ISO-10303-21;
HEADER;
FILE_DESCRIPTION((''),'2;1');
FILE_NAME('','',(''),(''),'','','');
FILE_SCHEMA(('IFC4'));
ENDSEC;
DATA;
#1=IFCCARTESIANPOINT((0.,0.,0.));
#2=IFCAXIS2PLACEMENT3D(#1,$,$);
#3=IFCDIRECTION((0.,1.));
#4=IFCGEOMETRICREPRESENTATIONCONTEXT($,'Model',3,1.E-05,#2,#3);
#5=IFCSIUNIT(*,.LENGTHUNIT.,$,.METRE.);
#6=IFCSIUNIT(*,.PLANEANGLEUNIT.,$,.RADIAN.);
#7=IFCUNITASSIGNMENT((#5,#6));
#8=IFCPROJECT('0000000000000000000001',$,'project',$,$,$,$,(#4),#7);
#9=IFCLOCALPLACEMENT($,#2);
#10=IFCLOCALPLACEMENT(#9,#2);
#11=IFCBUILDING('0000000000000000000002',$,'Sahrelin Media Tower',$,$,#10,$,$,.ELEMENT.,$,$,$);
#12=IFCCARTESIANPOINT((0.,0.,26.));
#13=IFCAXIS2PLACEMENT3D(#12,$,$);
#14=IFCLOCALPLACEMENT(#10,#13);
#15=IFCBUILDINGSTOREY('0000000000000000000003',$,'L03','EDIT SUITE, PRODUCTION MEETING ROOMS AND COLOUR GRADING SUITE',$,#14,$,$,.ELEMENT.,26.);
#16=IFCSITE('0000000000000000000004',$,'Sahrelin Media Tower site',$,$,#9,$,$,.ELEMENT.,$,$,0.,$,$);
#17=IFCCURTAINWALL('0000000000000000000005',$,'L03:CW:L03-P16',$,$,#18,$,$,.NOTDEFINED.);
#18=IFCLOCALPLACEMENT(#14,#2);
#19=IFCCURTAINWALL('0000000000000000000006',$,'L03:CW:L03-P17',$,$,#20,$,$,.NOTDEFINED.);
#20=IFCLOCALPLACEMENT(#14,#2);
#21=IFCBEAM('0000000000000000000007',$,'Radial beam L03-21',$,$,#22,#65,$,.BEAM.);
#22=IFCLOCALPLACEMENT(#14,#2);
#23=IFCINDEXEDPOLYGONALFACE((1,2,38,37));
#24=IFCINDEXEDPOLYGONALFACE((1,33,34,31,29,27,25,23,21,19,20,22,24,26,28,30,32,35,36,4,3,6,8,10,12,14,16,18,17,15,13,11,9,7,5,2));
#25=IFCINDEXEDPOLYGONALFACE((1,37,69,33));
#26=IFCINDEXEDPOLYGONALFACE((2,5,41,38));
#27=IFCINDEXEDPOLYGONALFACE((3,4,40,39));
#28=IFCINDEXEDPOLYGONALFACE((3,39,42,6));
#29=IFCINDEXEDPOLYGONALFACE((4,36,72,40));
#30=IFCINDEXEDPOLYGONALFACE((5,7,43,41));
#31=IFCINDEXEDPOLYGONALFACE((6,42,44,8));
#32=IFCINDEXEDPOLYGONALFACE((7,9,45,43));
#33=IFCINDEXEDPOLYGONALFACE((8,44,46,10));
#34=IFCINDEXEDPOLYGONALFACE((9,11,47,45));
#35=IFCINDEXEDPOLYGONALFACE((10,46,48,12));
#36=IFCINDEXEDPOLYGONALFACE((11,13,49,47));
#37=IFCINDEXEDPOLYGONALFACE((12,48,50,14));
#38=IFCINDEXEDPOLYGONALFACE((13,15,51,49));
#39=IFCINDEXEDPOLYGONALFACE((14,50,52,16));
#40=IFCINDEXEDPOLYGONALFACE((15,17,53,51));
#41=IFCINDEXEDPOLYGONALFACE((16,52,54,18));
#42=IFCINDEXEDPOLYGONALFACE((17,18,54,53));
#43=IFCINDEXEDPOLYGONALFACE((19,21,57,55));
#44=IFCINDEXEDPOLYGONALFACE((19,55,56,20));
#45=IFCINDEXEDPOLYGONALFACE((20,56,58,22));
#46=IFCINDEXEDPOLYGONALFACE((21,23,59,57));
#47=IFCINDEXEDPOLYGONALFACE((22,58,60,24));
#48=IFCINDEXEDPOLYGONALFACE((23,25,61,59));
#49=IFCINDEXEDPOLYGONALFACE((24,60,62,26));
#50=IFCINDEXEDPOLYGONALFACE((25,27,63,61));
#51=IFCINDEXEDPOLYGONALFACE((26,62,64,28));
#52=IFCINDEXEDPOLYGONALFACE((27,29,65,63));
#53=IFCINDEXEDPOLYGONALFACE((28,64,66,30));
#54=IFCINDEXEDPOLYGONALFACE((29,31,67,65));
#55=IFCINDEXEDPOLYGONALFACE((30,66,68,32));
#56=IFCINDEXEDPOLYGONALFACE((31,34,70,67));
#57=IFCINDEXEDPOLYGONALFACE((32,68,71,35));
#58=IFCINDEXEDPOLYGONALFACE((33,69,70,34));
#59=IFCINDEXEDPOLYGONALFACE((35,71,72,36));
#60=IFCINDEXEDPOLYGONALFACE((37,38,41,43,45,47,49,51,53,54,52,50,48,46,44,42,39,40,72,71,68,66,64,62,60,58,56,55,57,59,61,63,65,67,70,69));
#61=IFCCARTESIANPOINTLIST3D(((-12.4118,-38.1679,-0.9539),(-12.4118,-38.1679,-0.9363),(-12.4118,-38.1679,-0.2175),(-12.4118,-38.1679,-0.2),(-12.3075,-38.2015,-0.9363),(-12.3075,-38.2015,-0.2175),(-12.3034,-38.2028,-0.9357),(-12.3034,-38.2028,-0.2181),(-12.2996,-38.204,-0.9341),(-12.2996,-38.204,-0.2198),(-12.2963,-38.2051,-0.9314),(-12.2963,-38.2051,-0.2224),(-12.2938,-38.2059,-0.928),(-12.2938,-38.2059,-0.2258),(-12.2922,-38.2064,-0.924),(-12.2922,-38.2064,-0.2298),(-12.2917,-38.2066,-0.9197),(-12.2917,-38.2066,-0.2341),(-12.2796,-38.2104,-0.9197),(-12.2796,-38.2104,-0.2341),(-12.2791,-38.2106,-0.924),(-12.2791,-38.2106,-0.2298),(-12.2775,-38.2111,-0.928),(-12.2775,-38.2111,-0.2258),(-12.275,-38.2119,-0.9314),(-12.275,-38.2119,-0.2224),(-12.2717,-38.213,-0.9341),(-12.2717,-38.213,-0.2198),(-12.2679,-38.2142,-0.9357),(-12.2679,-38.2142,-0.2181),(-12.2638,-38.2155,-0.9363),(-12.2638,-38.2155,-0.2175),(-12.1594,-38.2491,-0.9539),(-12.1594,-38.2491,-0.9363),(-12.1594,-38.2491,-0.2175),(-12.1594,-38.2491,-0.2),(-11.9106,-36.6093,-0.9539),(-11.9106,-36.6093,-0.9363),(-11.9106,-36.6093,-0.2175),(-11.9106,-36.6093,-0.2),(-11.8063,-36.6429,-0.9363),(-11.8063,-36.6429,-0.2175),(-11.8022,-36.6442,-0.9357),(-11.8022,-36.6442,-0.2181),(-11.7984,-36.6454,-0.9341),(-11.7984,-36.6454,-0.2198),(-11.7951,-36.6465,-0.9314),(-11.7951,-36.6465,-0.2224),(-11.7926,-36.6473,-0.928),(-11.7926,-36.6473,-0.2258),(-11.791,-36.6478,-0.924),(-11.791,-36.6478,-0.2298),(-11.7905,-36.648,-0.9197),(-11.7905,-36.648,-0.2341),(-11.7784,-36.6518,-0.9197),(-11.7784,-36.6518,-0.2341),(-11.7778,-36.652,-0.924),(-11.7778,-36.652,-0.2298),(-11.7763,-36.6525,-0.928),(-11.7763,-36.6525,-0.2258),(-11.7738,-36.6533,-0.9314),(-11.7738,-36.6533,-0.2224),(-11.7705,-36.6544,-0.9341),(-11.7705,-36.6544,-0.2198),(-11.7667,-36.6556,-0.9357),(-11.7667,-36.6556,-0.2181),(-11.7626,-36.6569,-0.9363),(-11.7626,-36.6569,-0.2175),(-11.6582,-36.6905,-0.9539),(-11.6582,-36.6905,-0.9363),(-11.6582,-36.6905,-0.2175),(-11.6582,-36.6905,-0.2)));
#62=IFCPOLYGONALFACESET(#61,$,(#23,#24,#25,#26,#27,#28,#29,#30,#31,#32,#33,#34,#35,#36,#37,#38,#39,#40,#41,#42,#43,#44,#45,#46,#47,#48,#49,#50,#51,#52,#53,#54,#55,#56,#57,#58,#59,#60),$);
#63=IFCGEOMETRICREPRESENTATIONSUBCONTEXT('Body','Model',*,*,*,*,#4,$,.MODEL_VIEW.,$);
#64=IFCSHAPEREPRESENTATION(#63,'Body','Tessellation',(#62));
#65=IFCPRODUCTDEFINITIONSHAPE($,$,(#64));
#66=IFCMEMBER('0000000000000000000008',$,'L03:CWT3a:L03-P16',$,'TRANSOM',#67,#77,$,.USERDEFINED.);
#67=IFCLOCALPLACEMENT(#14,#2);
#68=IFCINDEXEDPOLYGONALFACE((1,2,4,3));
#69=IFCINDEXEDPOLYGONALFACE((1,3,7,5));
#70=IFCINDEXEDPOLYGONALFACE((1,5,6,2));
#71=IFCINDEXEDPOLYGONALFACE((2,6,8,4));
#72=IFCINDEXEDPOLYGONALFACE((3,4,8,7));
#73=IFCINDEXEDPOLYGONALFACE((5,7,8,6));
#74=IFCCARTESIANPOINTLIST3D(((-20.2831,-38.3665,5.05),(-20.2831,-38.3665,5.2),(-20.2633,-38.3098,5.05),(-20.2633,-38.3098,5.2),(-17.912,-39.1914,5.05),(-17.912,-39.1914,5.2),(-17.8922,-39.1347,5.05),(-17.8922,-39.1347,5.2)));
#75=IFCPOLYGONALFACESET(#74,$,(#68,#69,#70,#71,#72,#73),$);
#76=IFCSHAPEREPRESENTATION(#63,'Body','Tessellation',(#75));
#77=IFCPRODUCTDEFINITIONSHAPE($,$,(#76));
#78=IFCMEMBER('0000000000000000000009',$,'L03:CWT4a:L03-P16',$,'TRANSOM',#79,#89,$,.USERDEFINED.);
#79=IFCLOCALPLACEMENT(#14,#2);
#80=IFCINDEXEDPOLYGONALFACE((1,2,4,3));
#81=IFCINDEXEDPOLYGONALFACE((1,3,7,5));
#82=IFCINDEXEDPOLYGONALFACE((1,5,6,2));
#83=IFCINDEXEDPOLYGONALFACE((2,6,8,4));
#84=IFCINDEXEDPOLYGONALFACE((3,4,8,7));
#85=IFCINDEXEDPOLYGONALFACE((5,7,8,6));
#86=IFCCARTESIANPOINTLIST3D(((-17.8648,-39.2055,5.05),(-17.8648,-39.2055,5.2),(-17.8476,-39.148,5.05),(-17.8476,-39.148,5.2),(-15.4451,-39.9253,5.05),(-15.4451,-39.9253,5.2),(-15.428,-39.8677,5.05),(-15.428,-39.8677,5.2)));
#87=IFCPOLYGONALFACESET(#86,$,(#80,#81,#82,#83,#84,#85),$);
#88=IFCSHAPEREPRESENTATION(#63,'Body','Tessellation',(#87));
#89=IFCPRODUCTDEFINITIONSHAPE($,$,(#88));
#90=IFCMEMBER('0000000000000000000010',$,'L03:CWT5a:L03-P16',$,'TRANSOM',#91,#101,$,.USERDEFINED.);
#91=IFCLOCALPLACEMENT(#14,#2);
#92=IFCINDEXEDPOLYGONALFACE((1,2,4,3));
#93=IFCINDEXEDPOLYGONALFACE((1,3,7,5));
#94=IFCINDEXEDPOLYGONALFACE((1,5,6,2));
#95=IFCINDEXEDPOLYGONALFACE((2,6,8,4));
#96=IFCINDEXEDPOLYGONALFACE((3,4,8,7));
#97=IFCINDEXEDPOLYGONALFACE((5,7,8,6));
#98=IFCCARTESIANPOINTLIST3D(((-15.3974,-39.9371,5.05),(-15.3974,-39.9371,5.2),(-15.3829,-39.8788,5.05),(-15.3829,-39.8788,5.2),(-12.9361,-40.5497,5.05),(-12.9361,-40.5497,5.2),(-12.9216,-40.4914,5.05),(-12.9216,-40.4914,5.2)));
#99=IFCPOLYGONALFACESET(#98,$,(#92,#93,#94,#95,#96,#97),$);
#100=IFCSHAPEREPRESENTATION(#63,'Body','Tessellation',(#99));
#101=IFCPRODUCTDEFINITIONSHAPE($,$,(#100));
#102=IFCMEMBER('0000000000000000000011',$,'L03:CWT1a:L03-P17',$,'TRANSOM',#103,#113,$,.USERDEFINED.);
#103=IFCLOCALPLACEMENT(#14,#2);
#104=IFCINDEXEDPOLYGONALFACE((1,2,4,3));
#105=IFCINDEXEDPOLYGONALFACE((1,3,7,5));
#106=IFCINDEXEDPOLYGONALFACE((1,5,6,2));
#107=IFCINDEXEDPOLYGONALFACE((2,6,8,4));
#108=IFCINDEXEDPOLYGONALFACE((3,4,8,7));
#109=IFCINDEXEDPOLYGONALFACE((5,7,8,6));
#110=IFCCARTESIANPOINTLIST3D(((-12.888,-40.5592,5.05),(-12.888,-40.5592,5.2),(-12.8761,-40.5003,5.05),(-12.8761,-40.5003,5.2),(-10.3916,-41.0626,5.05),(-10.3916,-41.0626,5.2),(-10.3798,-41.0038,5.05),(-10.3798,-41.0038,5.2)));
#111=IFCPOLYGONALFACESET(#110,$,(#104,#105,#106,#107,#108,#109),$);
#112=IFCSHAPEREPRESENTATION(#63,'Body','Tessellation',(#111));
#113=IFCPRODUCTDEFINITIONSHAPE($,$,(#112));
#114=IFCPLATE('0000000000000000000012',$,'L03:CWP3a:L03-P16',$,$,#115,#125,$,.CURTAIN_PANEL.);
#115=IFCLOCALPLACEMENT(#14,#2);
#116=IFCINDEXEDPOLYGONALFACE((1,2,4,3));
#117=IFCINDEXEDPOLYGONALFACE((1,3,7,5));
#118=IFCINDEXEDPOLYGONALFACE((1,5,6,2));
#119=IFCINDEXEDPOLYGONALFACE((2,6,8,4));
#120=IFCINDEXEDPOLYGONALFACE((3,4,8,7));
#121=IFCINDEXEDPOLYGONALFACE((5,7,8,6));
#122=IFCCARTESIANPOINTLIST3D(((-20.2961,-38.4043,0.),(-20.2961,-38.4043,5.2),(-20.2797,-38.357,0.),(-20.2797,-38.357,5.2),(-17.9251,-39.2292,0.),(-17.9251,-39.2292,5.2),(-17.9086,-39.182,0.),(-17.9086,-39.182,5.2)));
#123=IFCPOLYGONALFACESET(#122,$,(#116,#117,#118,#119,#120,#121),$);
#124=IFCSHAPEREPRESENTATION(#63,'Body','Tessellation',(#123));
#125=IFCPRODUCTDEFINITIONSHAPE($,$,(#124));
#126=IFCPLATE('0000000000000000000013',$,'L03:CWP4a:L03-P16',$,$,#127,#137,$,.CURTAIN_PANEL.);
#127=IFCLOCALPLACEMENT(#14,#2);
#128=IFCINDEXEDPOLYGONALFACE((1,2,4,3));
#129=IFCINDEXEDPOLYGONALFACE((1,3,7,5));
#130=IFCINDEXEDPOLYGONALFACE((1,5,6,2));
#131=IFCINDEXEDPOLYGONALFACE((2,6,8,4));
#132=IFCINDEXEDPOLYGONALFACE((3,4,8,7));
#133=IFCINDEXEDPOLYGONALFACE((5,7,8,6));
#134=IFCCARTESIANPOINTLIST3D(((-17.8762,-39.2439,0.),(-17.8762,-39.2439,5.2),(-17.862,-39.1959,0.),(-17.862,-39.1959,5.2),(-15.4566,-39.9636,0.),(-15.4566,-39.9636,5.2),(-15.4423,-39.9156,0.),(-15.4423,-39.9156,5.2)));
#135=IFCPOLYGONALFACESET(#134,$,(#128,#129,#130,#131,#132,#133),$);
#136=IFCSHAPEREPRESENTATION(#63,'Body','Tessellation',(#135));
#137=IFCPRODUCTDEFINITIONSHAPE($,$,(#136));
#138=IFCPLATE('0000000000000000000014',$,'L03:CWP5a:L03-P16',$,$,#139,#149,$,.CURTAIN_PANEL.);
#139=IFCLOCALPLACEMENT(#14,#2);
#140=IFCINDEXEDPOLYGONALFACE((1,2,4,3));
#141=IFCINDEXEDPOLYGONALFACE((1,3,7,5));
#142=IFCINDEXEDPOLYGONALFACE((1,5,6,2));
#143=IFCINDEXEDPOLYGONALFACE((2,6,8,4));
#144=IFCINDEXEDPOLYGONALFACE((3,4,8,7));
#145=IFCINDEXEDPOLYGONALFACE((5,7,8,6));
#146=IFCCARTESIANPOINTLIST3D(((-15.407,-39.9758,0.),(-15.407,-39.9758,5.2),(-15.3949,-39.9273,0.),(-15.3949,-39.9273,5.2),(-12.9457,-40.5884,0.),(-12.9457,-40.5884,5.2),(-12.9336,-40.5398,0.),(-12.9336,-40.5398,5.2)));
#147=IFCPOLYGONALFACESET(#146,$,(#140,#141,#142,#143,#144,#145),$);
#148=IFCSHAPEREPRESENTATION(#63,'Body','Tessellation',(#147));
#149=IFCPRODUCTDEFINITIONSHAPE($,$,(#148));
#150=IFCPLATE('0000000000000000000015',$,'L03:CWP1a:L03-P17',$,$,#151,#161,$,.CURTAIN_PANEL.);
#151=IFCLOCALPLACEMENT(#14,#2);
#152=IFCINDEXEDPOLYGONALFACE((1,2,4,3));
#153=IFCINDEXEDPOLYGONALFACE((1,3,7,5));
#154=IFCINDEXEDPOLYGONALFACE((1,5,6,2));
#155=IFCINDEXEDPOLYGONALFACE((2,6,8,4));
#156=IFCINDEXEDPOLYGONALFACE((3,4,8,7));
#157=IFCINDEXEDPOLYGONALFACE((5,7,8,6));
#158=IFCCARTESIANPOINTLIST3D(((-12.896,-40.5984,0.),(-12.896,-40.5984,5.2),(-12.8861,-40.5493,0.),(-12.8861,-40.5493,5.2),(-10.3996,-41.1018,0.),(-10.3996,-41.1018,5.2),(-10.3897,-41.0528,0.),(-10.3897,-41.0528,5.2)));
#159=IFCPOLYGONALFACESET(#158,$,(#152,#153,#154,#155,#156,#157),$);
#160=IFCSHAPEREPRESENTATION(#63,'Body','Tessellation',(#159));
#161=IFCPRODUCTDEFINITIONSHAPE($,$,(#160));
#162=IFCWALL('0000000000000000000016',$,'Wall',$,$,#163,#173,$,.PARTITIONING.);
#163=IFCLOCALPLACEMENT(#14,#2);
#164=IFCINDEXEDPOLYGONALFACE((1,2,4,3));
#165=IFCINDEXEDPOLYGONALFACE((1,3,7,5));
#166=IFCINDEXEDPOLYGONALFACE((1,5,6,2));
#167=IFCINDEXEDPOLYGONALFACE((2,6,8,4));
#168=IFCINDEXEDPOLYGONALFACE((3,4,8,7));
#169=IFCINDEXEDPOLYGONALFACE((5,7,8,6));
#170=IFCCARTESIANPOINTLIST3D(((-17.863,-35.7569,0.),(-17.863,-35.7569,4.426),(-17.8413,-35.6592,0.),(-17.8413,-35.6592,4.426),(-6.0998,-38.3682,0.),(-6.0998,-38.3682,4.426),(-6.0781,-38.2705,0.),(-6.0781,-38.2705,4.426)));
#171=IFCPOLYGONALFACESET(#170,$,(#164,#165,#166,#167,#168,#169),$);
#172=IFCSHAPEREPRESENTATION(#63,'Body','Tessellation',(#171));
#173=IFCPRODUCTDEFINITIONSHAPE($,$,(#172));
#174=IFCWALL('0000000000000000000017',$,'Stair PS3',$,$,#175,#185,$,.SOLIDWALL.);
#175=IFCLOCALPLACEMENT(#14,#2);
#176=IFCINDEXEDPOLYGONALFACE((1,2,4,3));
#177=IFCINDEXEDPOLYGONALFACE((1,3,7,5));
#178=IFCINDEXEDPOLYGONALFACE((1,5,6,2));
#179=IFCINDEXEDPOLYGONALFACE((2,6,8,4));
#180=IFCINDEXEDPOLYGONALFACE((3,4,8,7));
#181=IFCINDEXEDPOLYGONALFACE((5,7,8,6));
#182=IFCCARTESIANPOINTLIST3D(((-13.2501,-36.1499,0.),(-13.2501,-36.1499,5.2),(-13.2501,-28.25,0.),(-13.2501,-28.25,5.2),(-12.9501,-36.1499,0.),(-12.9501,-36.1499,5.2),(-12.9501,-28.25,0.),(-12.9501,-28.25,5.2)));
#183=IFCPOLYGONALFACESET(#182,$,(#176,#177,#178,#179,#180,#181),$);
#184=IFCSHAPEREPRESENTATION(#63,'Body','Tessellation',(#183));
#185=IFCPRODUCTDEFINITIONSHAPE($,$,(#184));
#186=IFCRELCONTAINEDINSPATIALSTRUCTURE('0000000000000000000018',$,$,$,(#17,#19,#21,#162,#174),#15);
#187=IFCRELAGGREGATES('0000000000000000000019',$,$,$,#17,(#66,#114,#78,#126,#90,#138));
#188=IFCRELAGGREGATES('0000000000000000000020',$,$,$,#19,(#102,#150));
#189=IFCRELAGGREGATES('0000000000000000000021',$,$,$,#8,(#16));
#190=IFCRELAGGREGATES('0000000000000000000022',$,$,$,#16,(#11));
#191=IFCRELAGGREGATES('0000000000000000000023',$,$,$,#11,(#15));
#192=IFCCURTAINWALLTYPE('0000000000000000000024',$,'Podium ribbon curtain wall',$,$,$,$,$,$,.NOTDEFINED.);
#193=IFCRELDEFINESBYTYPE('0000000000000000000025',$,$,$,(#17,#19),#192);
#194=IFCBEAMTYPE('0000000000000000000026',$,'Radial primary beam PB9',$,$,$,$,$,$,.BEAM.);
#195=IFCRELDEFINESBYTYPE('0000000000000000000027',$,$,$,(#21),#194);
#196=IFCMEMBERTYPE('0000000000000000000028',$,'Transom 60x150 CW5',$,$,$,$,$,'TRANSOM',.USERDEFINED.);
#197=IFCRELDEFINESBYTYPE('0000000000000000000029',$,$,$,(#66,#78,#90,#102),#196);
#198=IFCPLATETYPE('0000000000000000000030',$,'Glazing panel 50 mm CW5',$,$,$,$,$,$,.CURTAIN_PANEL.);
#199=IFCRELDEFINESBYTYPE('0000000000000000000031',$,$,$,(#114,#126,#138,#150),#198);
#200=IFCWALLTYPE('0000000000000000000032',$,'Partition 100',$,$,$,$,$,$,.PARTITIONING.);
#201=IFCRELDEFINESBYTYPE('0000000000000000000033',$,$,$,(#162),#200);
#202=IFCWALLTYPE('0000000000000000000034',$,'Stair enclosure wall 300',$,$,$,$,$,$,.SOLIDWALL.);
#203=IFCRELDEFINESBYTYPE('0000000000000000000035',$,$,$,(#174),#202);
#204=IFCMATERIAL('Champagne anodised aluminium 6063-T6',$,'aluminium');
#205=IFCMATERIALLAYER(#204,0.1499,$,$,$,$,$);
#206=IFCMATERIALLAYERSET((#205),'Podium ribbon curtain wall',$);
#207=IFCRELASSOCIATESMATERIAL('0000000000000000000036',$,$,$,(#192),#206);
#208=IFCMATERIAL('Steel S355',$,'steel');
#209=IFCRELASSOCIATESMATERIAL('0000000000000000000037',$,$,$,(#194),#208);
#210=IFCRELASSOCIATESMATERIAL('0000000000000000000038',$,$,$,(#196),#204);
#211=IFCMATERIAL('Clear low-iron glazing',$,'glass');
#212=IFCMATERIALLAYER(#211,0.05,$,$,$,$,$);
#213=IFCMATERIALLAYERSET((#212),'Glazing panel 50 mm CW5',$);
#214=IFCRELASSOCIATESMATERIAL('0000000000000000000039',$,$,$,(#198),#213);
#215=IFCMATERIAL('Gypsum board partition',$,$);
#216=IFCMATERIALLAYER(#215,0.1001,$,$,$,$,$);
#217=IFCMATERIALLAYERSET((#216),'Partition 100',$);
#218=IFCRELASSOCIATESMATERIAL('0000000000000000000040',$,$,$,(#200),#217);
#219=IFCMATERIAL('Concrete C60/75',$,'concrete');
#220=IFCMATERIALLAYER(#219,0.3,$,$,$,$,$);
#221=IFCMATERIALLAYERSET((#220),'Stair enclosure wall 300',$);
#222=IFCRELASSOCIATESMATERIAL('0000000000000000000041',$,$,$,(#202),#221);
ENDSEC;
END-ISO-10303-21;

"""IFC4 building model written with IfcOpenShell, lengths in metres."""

from ifc_helpers import new_model, si_unit, direction, frame, frame_2d, origin, origin_2d, place, context, subcontext, project, spatial, polyline, rectangle, i_section, outline, extrude, material, layer, layer_set, material_profile, profile_set, type_object, element, aggregate, save


model = new_model("IFC4")

# Units and contexts
model_context = context("Model", 3, precision=1e-05, world=origin(), true_north=direction((0.0, 1.0)))
body_context = subcontext(model_context, "Body", "Model", "MODEL_VIEW")
ifc_project = project(units=[si_unit("LENGTHUNIT", "METRE"), si_unit("PLANEANGLEUNIT", "RADIAN")], contexts=[model_context])

# Site, building, storey
site_placement = place(None, origin())
site = spatial("IfcSite", under=ifc_project, at=site_placement, Name="Sahrelin Media Tower site", CompositionType="ELEMENT", RefElevation=0.0)
building_placement = place(site_placement, origin())
building = spatial("IfcBuilding", under=site, at=building_placement, Name="Sahrelin Media Tower", CompositionType="ELEMENT")
storey_placement = place(building_placement, frame((0.0, 0.0, 26.0)))
storey = spatial("IfcBuildingStorey", under=building, at=storey_placement, Name="L03", Description="EDIT SUITE, PRODUCTION MEETING ROOMS AND COLOUR GRADING SUITE", CompositionType="ELEMENT", Elevation=26.0)

# Shared definitions
ifc_material_1 = material(Name="Steel S355", Category="steel")

# Curtain wall
ifc_material_2 = material(Name="Champagne anodised aluminium 6063-T6", Category="aluminium")
ifc_layer_1 = layer(ifc_material_2, 0.1499)
ifc_layer_set_1 = layer_set([ifc_layer_1], Name="Podium ribbon curtain wall")
curtain_wall_type = type_object("IfcCurtainWallType", Name="Podium ribbon curtain wall", PredefinedType="NOTDEFINED", material=ifc_layer_set_1)
curtain_wall_1_placement = place(storey_placement, frame((-25.0, -36.373, 0.0), z_axis=(0.0, 0.0, 1.0), x_axis=(1.0, 0.0, 0.0)))
curtain_wall_1 = element("IfcCurtainWall", 1, at=curtain_wall_1_placement, inside=storey, type_object=curtain_wall_type, Name="L03:CW:L03-P16", PredefinedType="NOTDEFINED")

# Curtain wall
curtain_wall_2_placement = place(storey_placement, frame((-12.9409, -40.5688, 0.0), z_axis=(0.0, 0.0, 1.0), x_axis=(1.0, 0.0, 0.0)))
curtain_wall_2 = element("IfcCurtainWall", 2, at=curtain_wall_2_placement, inside=storey, type_object=curtain_wall_type, Name="L03:CW:L03-P17", PredefinedType="NOTDEFINED")

# Beam
ifc_material_profile_1 = material_profile(ifc_material_1, i_section(OverallWidth=0.2651, OverallDepth=0.7539, WebThickness=0.0127, FlangeThickness=0.0176, FilletRadius=0.0166, at=origin_2d()), Name="UB 762x267x147")
ifc_profile_set_1 = profile_set([ifc_material_profile_1], Name="Steel S355")
beam_type_1 = type_object("IfcBeamType", Name="Radial primary beam PB9", PredefinedType="BEAM", material=ifc_profile_set_1)
beam_1_placement = place(storey_placement, frame((-11.7844, -36.6499, -0.5769), z_axis=(-0.306144, -0.951985, 0.0), x_axis=(0.951985, -0.306144, 0.0)))
element("IfcBeam", 3, at=beam_1_placement, inside=storey, type_object=beam_type_1, Name="Radial beam L03-21", PredefinedType="BEAM", context=body_context, shape_type="SweptSolid", body=[
    extrude(i_section(OverallWidth=0.2651, OverallDepth=0.7539, WebThickness=0.0127, FlangeThickness=0.0176, FilletRadius=0.0166, at=origin_2d()), origin(), (0.0, 0.0, 1.0), 1.6372),
])

# Members
ifc_material_profile_2 = material_profile(ifc_material_2, rectangle(XDim=0.0601, YDim=0.1499, at=origin_2d()), Name="Transom 60x150")
ifc_profile_set_2 = profile_set([ifc_material_profile_2], Name="Champagne anodised aluminium 6063-T6")
member_type_1 = type_object("IfcMemberType", Name="Transom 60x150 CW5", ElementType="TRANSOM", PredefinedType="USERDEFINED", material=ifc_profile_set_2)
member_1_placement = place(storey_placement, frame((-20.2732, -38.3381, 5.125), z_axis=(0.944469, -0.3286, 0.0), x_axis=(0.3286, 0.944469, 0.0)))
member_1 = element("IfcMember", 4, at=member_1_placement, type_object=member_type_1, Name="L03:CWT3a:L03-P16", ObjectType="TRANSOM", PredefinedType="USERDEFINED", context=body_context, shape_type="SweptSolid", body=[
    extrude(rectangle(XDim=0.0601, YDim=0.1499, at=origin_2d()), origin(), (0.0, 0.0, 1.0), 2.5105),
])
member_2_placement = place(storey_placement, frame((-17.8562, -39.1768, 5.125), z_axis=(0.958497, -0.285102, 0.0), x_axis=(0.285102, 0.958497, 0.0)))
member_2 = element("IfcMember", 5, at=member_2_placement, type_object=member_type_1, Name="L03:CWT4a:L03-P16", ObjectType="TRANSOM", PredefinedType="USERDEFINED", context=body_context, shape_type="SweptSolid", body=[
    extrude(rectangle(XDim=0.0601, YDim=0.1499, at=origin_2d()), origin(), (0.0, 0.0, 1.0), 2.5244),
])
member_3_placement = place(storey_placement, frame((-15.3901, -39.908, 5.125), z_axis=(0.970397, -0.241516, 0.0), x_axis=(0.241516, 0.970397, 0.0)))
member_3 = element("IfcMember", 6, at=member_3_placement, type_object=member_type_1, Name="L03:CWT5a:L03-P16", ObjectType="TRANSOM", PredefinedType="USERDEFINED", context=body_context, shape_type="SweptSolid", body=[
    extrude(rectangle(XDim=0.0601, YDim=0.1499, at=origin_2d()), origin(), (0.0, 0.0, 1.0), 2.5364),
])
member_4_placement = place(storey_placement, frame((-12.8821, -40.5298, 5.125), z_axis=(0.980266, -0.197683, 0.0), x_axis=(0.197683, 0.980266, 0.0)))
member_4 = element("IfcMember", 7, at=member_4_placement, type_object=member_type_1, Name="L03:CWT1a:L03-P17", ObjectType="TRANSOM", PredefinedType="USERDEFINED", context=body_context, shape_type="SweptSolid", body=[
    extrude(rectangle(XDim=0.0601, YDim=0.1499, at=origin_2d()), origin(), (0.0, 0.0, 1.0), 2.5466),
])

# Plates
ifc_material_3 = material(Name="Clear low-iron glazing", Category="glass")
ifc_layer_2 = layer(ifc_material_3, 0.05)
ifc_layer_set_2 = layer_set([ifc_layer_2], Name="Glazing panel 50 mm CW5")
plate_type = type_object("IfcPlateType", Name="Glazing panel 50 mm CW5", PredefinedType="CURTAIN_PANEL", material=ifc_layer_set_2)
plate_1_placement = place(storey_placement, frame((-20.2961, -38.4043, 0.0), z_axis=(-0.3286, -0.944469, 0.0), x_axis=(0.944469, -0.3286, 0.0)))
plate_1 = element("IfcPlate", 8, at=plate_1_placement, type_object=plate_type, Name="L03:CWP3a:L03-P16", PredefinedType="CURTAIN_PANEL", context=body_context, shape_type="SweptSolid", body=[
    extrude(outline(polyline([(0.0, 0.0), (2.5105, 0.0), (2.5105, 5.2), (0.0, 5.2), (0.0, 0.0)])), origin(), (0.0, 0.0, -1.0), 0.05),
])
plate_2_placement = place(storey_placement, frame((-17.8762, -39.2439, 0.0), z_axis=(-0.285102, -0.958497, 0.0), x_axis=(0.958497, -0.285102, 0.0)))
plate_2 = element("IfcPlate", 9, at=plate_2_placement, type_object=plate_type, Name="L03:CWP4a:L03-P16", PredefinedType="CURTAIN_PANEL", context=body_context, shape_type="SweptSolid", body=[
    extrude(outline(polyline([(0.0, 0.0), (2.5244, 0.0), (2.5244, 5.2), (0.0, 5.2), (0.0, 0.0)])), origin(), (0.0, 0.0, -1.0), 0.05),
])
plate_3_placement = place(storey_placement, frame((-15.407, -39.9758, 0.0), z_axis=(-0.241516, -0.970397, 0.0), x_axis=(0.970397, -0.241516, 0.0)))
plate_3 = element("IfcPlate", 10, at=plate_3_placement, type_object=plate_type, Name="L03:CWP5a:L03-P16", PredefinedType="CURTAIN_PANEL", context=body_context, shape_type="SweptSolid", body=[
    extrude(outline(polyline([(0.0, 0.0), (2.5364, 0.0), (2.5364, 5.2), (0.0, 5.2), (0.0, 0.0)])), origin(), (0.0, 0.0, -1.0), 0.05),
])
aggregate(curtain_wall_1, [member_1, plate_1, member_2, plate_2, member_3, plate_3])
plate_4_placement = place(storey_placement, frame((-12.896, -40.5984, 0.0), z_axis=(-0.197683, -0.980266, 0.0), x_axis=(0.980266, -0.197683, 0.0)))
plate_4 = element("IfcPlate", 11, at=plate_4_placement, type_object=plate_type, Name="L03:CWP1a:L03-P17", PredefinedType="CURTAIN_PANEL", context=body_context, shape_type="SweptSolid", body=[
    extrude(outline(polyline([(0.0, 0.0), (2.5466, 0.0), (2.5466, 5.2), (0.0, 5.2), (0.0, 0.0)])), origin(), (0.0, 0.0, -1.0), 0.05),
])
aggregate(curtain_wall_2, [member_4, plate_4])

# Walls
ifc_material_4 = material(Name="Gypsum board partition")
ifc_layer_3 = layer(ifc_material_4, 0.1001)
ifc_layer_set_3 = layer_set([ifc_layer_3], Name="Partition 100")
wall_type_1 = type_object("IfcWallType", Name="Partition 100", PredefinedType="PARTITIONING", material=ifc_layer_set_3)
wall_1_placement = place(storey_placement, frame((-17.8523, -35.708, 0.0), z_axis=(0.0, 0.0, 1.0), x_axis=(0.976235, -0.216716, 0.0)))
element("IfcWall", 12, at=wall_1_placement, inside=storey, type_object=wall_type_1, Name="Wall", PredefinedType="PARTITIONING", context=body_context, shape_type="SweptSolid", body=[
    extrude(rectangle(XDim=12.0496, YDim=0.1001, at=frame_2d((6.0249, 0.0))), origin(), (0.0, 0.0, 1.0), 4.426),
])
ifc_material_5 = material(Name="Concrete C60/75", Category="concrete")
ifc_layer_4 = layer(ifc_material_5, 0.3)
ifc_layer_set_4 = layer_set([ifc_layer_4], Name="Stair enclosure wall 300")
wall_type_2 = type_object("IfcWallType", Name="Stair enclosure wall 300", PredefinedType="SOLIDWALL", material=ifc_layer_set_4)
wall_2_placement = place(storey_placement, frame((-13.1001, -36.1499, 0.0), z_axis=(0.0, 0.0, 1.0), x_axis=(0.0, 1.0, 0.0)))
element("IfcWall", 13, at=wall_2_placement, inside=storey, type_object=wall_type_2, Name="Stair PS3", PredefinedType="SOLIDWALL", context=body_context, shape_type="SweptSolid", body=[
    extrude(rectangle(XDim=7.8999, YDim=0.3, at=frame_2d((3.95, 0.0))), origin(), (0.0, 0.0, 1.0), 5.2),
])

save(model, "model.ifc")
